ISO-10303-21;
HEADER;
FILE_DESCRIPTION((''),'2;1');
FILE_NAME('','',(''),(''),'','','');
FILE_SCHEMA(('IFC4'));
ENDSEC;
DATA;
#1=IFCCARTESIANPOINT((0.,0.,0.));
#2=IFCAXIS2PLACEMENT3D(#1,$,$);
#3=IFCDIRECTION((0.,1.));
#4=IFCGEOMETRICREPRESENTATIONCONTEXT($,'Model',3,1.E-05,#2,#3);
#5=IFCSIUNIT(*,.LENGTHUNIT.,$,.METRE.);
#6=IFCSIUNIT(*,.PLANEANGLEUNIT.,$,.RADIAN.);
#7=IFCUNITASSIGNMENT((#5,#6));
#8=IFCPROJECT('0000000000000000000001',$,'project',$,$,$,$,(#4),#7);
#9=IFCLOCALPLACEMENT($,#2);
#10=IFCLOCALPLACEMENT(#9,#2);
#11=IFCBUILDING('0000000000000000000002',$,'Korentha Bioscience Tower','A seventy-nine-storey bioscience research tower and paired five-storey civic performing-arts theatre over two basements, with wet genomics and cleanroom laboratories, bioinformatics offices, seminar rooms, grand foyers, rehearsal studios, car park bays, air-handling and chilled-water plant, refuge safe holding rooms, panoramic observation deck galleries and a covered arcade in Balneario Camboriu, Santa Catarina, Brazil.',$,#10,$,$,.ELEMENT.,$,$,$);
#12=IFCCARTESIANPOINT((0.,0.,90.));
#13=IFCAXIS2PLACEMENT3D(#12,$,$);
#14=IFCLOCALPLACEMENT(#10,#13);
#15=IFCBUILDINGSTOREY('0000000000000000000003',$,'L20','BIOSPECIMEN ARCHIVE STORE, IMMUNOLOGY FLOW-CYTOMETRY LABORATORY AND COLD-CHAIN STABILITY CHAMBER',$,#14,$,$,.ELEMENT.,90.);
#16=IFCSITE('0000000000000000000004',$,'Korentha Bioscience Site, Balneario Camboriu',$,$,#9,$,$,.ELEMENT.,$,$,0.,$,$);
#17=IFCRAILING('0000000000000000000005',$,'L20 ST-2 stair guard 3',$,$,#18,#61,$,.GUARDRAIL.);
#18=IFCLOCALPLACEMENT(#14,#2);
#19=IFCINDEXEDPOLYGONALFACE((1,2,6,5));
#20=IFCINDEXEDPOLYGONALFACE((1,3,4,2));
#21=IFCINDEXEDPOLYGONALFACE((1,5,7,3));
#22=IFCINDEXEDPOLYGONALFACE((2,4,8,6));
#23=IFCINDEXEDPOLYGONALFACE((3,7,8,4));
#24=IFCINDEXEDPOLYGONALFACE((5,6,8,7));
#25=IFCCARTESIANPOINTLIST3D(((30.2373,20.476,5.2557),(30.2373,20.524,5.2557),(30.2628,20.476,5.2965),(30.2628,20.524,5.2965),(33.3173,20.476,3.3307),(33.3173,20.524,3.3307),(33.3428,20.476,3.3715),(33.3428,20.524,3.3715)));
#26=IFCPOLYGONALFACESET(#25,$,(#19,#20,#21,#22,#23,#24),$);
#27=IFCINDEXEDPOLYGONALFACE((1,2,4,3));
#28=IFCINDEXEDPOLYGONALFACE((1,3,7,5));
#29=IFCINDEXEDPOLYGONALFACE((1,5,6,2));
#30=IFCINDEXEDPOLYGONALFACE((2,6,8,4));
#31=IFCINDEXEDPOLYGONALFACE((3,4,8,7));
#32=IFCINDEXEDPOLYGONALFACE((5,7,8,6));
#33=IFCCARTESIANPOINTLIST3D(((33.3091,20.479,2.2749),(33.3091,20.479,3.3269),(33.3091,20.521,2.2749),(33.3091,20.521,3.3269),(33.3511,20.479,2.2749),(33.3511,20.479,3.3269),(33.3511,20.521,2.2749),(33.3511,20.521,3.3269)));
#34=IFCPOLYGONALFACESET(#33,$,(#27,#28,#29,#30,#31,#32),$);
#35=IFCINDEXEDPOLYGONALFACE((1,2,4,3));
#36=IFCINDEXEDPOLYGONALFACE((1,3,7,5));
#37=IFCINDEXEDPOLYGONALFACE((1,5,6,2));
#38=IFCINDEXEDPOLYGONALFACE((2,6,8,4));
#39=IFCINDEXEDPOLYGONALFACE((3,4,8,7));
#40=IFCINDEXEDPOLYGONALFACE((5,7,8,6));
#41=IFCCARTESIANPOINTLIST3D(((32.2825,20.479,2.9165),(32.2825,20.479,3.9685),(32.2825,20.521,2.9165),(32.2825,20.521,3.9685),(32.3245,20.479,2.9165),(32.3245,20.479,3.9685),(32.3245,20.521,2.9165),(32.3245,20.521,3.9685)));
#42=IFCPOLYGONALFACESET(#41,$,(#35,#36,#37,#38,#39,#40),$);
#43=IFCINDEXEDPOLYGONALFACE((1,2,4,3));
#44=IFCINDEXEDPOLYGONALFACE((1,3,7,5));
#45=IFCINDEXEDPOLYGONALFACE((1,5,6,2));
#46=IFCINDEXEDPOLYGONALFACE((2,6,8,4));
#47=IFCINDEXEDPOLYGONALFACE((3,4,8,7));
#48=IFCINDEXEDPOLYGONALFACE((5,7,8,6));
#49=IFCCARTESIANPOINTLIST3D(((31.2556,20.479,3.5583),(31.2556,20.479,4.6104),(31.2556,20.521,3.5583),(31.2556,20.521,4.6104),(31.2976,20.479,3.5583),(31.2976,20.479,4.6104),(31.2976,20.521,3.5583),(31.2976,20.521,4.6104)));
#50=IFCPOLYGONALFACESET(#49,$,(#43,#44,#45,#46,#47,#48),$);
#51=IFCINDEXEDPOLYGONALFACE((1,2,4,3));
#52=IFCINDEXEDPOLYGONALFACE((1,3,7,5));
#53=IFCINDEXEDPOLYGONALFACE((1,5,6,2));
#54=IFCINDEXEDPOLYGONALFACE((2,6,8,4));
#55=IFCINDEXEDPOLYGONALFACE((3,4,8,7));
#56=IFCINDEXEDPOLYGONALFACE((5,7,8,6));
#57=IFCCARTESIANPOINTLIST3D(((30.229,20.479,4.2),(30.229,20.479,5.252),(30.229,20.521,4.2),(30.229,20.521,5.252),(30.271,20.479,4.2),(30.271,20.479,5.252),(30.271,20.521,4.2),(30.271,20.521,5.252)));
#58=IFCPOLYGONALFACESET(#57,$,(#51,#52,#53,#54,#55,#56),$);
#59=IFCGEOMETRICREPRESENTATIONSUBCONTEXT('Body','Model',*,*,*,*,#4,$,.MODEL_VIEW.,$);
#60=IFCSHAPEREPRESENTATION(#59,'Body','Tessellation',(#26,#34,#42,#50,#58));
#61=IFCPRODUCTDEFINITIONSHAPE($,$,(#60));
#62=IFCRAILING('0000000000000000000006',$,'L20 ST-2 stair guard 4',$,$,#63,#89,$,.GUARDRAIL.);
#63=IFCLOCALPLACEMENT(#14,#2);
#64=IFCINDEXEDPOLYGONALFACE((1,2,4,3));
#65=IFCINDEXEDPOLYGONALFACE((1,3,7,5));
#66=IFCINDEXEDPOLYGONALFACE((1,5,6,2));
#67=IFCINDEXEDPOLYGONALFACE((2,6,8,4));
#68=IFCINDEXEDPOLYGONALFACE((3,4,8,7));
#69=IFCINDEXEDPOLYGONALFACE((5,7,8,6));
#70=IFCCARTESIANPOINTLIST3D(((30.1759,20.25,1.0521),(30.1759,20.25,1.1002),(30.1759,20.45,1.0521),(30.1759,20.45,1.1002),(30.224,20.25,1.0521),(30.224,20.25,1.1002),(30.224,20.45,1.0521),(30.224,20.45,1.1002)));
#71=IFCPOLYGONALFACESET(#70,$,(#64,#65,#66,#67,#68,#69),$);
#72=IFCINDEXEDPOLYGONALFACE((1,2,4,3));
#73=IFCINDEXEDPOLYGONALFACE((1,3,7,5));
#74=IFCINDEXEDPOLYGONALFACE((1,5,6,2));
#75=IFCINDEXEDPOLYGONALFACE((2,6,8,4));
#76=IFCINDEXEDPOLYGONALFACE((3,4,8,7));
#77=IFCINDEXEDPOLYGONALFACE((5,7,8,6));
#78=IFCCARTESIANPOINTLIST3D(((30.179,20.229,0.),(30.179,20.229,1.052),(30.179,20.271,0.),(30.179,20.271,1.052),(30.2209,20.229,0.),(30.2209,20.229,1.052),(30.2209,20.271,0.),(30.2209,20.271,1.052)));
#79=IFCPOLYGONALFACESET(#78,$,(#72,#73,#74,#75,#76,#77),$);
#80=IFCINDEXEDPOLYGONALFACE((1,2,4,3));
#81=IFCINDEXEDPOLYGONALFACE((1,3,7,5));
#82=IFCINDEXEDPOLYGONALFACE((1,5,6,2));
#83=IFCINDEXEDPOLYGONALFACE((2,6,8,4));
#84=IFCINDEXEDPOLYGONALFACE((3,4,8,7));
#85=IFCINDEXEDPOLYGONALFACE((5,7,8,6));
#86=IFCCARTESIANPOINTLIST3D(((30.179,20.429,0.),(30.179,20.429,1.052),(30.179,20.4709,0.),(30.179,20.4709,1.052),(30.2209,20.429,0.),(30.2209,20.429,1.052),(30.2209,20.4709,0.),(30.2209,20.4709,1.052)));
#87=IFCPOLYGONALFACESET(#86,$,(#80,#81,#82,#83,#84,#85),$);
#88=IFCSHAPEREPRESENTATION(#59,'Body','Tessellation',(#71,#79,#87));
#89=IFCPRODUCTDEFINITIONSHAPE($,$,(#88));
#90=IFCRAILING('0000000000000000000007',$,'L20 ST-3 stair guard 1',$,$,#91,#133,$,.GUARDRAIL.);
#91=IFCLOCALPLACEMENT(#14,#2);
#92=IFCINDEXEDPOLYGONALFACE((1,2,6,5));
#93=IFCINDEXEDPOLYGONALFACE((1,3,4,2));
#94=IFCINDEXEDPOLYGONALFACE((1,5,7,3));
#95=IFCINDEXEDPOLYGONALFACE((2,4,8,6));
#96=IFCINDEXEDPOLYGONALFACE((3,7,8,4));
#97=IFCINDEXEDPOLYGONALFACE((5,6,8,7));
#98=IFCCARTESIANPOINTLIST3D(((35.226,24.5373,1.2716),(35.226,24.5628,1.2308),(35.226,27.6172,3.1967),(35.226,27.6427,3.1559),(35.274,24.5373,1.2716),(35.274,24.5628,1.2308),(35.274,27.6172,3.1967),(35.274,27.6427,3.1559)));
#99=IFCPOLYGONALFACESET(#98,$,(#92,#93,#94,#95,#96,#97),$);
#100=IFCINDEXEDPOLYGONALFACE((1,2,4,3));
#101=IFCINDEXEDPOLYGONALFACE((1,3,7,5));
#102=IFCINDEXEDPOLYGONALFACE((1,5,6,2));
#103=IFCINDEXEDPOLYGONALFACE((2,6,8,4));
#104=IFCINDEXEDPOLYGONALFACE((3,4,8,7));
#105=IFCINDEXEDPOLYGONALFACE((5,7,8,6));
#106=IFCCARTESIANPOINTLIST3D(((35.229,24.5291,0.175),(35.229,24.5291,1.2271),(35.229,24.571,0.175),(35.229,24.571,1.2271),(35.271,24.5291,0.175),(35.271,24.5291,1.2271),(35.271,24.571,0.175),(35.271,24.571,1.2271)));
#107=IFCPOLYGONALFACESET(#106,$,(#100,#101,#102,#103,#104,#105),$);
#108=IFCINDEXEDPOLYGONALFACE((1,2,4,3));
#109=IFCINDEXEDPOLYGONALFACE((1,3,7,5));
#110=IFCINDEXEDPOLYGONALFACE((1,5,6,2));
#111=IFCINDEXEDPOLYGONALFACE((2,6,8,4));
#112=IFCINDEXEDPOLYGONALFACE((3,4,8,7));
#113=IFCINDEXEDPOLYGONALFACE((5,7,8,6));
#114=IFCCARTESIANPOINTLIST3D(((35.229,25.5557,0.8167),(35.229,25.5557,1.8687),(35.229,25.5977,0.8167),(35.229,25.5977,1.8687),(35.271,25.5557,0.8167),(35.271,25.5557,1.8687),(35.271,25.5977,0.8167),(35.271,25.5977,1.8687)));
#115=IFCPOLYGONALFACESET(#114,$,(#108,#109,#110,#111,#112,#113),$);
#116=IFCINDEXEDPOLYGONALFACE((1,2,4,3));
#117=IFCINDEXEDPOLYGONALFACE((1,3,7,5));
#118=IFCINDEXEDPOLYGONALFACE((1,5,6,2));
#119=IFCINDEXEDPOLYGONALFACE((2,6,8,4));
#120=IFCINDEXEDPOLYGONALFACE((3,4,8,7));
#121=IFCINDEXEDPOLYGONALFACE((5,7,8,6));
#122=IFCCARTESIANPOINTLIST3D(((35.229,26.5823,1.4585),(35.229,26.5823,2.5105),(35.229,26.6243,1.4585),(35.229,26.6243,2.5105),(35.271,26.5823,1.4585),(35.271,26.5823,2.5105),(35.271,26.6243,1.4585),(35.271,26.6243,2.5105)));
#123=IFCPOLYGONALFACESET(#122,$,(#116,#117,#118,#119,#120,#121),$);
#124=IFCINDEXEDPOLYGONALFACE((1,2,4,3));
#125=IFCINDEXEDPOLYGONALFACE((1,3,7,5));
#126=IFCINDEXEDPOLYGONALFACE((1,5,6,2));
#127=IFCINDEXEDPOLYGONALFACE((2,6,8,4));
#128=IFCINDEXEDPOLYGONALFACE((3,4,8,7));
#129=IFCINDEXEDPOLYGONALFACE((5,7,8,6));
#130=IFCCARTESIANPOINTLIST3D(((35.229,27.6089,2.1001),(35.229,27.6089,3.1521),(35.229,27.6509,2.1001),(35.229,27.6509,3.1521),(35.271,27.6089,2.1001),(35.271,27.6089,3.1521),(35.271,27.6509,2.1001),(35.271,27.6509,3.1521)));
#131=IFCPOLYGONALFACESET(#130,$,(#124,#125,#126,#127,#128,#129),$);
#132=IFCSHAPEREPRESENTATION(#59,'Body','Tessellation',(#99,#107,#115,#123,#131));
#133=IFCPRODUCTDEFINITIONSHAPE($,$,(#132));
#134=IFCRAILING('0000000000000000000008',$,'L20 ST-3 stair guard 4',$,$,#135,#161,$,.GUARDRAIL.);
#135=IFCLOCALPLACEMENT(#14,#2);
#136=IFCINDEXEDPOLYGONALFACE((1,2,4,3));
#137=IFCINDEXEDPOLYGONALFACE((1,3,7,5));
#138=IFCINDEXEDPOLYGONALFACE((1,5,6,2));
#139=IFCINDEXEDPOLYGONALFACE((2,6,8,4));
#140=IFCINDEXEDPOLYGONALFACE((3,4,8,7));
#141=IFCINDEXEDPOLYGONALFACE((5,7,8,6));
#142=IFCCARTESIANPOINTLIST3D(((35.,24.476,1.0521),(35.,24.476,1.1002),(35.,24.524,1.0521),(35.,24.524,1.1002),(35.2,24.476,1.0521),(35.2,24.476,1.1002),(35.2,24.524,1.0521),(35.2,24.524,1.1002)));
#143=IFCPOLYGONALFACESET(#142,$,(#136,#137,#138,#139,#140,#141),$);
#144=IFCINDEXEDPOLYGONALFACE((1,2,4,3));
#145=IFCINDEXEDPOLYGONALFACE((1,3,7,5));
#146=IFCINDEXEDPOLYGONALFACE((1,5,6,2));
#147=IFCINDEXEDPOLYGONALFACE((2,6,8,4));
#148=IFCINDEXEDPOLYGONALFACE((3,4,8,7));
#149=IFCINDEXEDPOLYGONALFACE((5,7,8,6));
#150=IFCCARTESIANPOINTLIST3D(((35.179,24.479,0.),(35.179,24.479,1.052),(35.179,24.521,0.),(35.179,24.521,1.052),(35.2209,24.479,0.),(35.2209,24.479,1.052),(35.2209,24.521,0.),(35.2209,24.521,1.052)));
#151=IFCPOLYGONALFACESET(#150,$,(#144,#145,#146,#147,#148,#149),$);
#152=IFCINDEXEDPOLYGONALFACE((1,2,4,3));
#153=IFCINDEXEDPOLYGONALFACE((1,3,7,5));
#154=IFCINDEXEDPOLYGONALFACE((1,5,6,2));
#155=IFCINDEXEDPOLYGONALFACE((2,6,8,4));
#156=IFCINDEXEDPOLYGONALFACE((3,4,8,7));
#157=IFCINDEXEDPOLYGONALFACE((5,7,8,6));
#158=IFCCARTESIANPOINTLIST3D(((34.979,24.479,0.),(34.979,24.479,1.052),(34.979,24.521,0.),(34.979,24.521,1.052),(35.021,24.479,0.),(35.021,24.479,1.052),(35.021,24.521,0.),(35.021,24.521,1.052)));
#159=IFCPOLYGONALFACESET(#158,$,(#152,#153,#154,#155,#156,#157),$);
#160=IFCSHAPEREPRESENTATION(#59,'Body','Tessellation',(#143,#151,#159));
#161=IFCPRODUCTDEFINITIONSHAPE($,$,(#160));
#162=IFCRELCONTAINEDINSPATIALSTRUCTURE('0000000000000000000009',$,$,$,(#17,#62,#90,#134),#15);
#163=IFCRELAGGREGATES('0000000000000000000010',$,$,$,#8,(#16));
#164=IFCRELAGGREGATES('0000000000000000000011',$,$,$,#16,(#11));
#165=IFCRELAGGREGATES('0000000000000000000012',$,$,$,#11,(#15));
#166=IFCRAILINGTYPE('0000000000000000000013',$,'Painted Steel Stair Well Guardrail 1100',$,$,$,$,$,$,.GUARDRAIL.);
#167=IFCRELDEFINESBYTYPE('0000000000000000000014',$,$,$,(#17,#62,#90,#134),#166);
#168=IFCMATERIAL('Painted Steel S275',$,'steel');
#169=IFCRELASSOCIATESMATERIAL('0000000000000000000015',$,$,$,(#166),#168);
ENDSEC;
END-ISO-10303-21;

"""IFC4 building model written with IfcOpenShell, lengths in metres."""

from ifc_helpers import new_model, si_unit, direction, frame, origin, origin_2d, place, context, subcontext, project, spatial, rectangle, extrude, material, type_object, element, save


model = new_model("IFC4")

# Units and contexts
model_context = context("Model", 3, precision=1e-05, world=origin(), true_north=direction((0.0, 1.0)))
body_context = subcontext(model_context, "Body", "Model", "MODEL_VIEW")
ifc_project = project(units=[si_unit("LENGTHUNIT", "METRE"), si_unit("PLANEANGLEUNIT", "RADIAN")], contexts=[model_context])

# Site, building, storey
site_placement = place(None, origin())
site = spatial("IfcSite", under=ifc_project, at=site_placement, Name="Korentha Bioscience Site, Balneario Camboriu", CompositionType="ELEMENT", RefElevation=0.0)
building_placement = place(site_placement, origin())
building = spatial("IfcBuilding", under=site, at=building_placement, Name="Korentha Bioscience Tower", Description="A seventy-nine-storey bioscience research tower and paired five-storey civic performing-arts theatre over two basements, with wet genomics and cleanroom laboratories, bioinformatics offices, seminar rooms, grand foyers, rehearsal studios, car park bays, air-handling and chilled-water plant, refuge safe holding rooms, panoramic observation deck galleries and a covered arcade in Balneario Camboriu, Santa Catarina, Brazil.", CompositionType="ELEMENT")
storey_placement = place(building_placement, frame((0.0, 0.0, 90.0)))
storey = spatial("IfcBuildingStorey", under=building, at=storey_placement, Name="L20", Description="BIOSPECIMEN ARCHIVE STORE, IMMUNOLOGY FLOW-CYTOMETRY LABORATORY AND COLD-CHAIN STABILITY CHAMBER", CompositionType="ELEMENT", Elevation=90.0)

# Railings
ifc_material_1 = material(Name="Painted Steel S275", Category="steel")
railing_type_1 = type_object("IfcRailingType", Name="Painted Steel Stair Well Guardrail 1100", PredefinedType="GUARDRAIL", material=ifc_material_1)
railing_1_placement = place(storey_placement, frame((33.3301, 20.5, 2.2749)))
element("IfcRailing", 1, at=railing_1_placement, inside=storey, type_object=railing_type_1, Name="L20 ST-2 stair guard 3", PredefinedType="GUARDRAIL", context=body_context, shape_type="SweptSolid", body=[
    extrude(rectangle(XDim=0.0481, YDim=0.0481, at=origin_2d()), frame((0.0, 0.0, 1.0762), z_axis=(-0.847998, 0.0, 0.529999), x_axis=(0.0, -1.0, 0.0)), (0.0, 0.0, 1.0), 3.6321),
    extrude(rectangle(XDim=0.042, YDim=0.042, at=origin_2d()), origin(), (0.0, 0.0, 1.0), 1.052),
    extrude(rectangle(XDim=0.042, YDim=0.042, at=origin_2d()), frame((-1.0266, 0.0, 0.6416)), (0.0, 0.0, 1.0), 1.052),
    extrude(rectangle(XDim=0.042, YDim=0.042, at=origin_2d()), frame((-2.0535, 0.0, 1.2834)), (0.0, 0.0, 1.0), 1.052),
    extrude(rectangle(XDim=0.042, YDim=0.042, at=origin_2d()), frame((-3.0801, 0.0, 1.925)), (0.0, 0.0, 1.0), 1.052),
])
railing_2_placement = place(storey_placement, frame((30.2, 20.25, 0.0)))
element("IfcRailing", 2, at=railing_2_placement, inside=storey, type_object=railing_type_1, Name="L20 ST-2 stair guard 4", PredefinedType="GUARDRAIL", context=body_context, shape_type="SweptSolid", body=[
    extrude(rectangle(XDim=0.0481, YDim=0.0481, at=origin_2d()), frame((0.0, 0.0, 1.0762), z_axis=(0.0, 1.0, 0.0), x_axis=(-1.0, 0.0, 0.0)), (0.0, 0.0, 1.0), 0.2),
    extrude(rectangle(XDim=0.042, YDim=0.042, at=origin_2d()), origin(), (0.0, 0.0, 1.0), 1.052),
    extrude(rectangle(XDim=0.042, YDim=0.042, at=origin_2d()), frame((0.0, 0.2, 0.0)), (0.0, 0.0, 1.0), 1.052),
])
railing_3_placement = place(storey_placement, frame((35.25, 24.55, 0.175)))
element("IfcRailing", 3, at=railing_3_placement, inside=storey, type_object=railing_type_1, Name="L20 ST-3 stair guard 1", PredefinedType="GUARDRAIL", context=body_context, shape_type="SweptSolid", body=[
    extrude(rectangle(XDim=0.0481, YDim=0.0481, at=origin_2d()), frame((0.0, 0.0, 1.0762), z_axis=(0.0, 0.847979, 0.530029), x_axis=(-1.0, 0.0, 0.0)), (0.0, 0.0, 1.0), 3.6321),
    extrude(rectangle(XDim=0.042, YDim=0.042, at=origin_2d()), origin(), (0.0, 0.0, 1.0), 1.052),
    extrude(rectangle(XDim=0.042, YDim=0.042, at=origin_2d()), frame((0.0, 1.0266, 0.6416)), (0.0, 0.0, 1.0), 1.052),
    extrude(rectangle(XDim=0.042, YDim=0.042, at=origin_2d()), frame((0.0, 2.0532, 1.2834)), (0.0, 0.0, 1.0), 1.052),
    extrude(rectangle(XDim=0.042, YDim=0.042, at=origin_2d()), frame((0.0, 3.0798, 1.925)), (0.0, 0.0, 1.0), 1.052),
])
railing_4_placement = place(storey_placement, frame((35.2, 24.5, 0.0)))
element("IfcRailing", 4, at=railing_4_placement, inside=storey, type_object=railing_type_1, Name="L20 ST-3 stair guard 4", PredefinedType="GUARDRAIL", context=body_context, shape_type="SweptSolid", body=[
    extrude(rectangle(XDim=0.0481, YDim=0.0481, at=origin_2d()), frame((0.0, 0.0, 1.0762), z_axis=(-1.0, 0.0, 0.0), x_axis=(0.0, -1.0, 0.0)), (0.0, 0.0, 1.0), 0.2),
    extrude(rectangle(XDim=0.042, YDim=0.042, at=origin_2d()), origin(), (0.0, 0.0, 1.0), 1.052),
    extrude(rectangle(XDim=0.042, YDim=0.042, at=origin_2d()), frame((-0.2, 0.0, 0.0)), (0.0, 0.0, 1.0), 1.052),
])

save(model, "model.ifc")
